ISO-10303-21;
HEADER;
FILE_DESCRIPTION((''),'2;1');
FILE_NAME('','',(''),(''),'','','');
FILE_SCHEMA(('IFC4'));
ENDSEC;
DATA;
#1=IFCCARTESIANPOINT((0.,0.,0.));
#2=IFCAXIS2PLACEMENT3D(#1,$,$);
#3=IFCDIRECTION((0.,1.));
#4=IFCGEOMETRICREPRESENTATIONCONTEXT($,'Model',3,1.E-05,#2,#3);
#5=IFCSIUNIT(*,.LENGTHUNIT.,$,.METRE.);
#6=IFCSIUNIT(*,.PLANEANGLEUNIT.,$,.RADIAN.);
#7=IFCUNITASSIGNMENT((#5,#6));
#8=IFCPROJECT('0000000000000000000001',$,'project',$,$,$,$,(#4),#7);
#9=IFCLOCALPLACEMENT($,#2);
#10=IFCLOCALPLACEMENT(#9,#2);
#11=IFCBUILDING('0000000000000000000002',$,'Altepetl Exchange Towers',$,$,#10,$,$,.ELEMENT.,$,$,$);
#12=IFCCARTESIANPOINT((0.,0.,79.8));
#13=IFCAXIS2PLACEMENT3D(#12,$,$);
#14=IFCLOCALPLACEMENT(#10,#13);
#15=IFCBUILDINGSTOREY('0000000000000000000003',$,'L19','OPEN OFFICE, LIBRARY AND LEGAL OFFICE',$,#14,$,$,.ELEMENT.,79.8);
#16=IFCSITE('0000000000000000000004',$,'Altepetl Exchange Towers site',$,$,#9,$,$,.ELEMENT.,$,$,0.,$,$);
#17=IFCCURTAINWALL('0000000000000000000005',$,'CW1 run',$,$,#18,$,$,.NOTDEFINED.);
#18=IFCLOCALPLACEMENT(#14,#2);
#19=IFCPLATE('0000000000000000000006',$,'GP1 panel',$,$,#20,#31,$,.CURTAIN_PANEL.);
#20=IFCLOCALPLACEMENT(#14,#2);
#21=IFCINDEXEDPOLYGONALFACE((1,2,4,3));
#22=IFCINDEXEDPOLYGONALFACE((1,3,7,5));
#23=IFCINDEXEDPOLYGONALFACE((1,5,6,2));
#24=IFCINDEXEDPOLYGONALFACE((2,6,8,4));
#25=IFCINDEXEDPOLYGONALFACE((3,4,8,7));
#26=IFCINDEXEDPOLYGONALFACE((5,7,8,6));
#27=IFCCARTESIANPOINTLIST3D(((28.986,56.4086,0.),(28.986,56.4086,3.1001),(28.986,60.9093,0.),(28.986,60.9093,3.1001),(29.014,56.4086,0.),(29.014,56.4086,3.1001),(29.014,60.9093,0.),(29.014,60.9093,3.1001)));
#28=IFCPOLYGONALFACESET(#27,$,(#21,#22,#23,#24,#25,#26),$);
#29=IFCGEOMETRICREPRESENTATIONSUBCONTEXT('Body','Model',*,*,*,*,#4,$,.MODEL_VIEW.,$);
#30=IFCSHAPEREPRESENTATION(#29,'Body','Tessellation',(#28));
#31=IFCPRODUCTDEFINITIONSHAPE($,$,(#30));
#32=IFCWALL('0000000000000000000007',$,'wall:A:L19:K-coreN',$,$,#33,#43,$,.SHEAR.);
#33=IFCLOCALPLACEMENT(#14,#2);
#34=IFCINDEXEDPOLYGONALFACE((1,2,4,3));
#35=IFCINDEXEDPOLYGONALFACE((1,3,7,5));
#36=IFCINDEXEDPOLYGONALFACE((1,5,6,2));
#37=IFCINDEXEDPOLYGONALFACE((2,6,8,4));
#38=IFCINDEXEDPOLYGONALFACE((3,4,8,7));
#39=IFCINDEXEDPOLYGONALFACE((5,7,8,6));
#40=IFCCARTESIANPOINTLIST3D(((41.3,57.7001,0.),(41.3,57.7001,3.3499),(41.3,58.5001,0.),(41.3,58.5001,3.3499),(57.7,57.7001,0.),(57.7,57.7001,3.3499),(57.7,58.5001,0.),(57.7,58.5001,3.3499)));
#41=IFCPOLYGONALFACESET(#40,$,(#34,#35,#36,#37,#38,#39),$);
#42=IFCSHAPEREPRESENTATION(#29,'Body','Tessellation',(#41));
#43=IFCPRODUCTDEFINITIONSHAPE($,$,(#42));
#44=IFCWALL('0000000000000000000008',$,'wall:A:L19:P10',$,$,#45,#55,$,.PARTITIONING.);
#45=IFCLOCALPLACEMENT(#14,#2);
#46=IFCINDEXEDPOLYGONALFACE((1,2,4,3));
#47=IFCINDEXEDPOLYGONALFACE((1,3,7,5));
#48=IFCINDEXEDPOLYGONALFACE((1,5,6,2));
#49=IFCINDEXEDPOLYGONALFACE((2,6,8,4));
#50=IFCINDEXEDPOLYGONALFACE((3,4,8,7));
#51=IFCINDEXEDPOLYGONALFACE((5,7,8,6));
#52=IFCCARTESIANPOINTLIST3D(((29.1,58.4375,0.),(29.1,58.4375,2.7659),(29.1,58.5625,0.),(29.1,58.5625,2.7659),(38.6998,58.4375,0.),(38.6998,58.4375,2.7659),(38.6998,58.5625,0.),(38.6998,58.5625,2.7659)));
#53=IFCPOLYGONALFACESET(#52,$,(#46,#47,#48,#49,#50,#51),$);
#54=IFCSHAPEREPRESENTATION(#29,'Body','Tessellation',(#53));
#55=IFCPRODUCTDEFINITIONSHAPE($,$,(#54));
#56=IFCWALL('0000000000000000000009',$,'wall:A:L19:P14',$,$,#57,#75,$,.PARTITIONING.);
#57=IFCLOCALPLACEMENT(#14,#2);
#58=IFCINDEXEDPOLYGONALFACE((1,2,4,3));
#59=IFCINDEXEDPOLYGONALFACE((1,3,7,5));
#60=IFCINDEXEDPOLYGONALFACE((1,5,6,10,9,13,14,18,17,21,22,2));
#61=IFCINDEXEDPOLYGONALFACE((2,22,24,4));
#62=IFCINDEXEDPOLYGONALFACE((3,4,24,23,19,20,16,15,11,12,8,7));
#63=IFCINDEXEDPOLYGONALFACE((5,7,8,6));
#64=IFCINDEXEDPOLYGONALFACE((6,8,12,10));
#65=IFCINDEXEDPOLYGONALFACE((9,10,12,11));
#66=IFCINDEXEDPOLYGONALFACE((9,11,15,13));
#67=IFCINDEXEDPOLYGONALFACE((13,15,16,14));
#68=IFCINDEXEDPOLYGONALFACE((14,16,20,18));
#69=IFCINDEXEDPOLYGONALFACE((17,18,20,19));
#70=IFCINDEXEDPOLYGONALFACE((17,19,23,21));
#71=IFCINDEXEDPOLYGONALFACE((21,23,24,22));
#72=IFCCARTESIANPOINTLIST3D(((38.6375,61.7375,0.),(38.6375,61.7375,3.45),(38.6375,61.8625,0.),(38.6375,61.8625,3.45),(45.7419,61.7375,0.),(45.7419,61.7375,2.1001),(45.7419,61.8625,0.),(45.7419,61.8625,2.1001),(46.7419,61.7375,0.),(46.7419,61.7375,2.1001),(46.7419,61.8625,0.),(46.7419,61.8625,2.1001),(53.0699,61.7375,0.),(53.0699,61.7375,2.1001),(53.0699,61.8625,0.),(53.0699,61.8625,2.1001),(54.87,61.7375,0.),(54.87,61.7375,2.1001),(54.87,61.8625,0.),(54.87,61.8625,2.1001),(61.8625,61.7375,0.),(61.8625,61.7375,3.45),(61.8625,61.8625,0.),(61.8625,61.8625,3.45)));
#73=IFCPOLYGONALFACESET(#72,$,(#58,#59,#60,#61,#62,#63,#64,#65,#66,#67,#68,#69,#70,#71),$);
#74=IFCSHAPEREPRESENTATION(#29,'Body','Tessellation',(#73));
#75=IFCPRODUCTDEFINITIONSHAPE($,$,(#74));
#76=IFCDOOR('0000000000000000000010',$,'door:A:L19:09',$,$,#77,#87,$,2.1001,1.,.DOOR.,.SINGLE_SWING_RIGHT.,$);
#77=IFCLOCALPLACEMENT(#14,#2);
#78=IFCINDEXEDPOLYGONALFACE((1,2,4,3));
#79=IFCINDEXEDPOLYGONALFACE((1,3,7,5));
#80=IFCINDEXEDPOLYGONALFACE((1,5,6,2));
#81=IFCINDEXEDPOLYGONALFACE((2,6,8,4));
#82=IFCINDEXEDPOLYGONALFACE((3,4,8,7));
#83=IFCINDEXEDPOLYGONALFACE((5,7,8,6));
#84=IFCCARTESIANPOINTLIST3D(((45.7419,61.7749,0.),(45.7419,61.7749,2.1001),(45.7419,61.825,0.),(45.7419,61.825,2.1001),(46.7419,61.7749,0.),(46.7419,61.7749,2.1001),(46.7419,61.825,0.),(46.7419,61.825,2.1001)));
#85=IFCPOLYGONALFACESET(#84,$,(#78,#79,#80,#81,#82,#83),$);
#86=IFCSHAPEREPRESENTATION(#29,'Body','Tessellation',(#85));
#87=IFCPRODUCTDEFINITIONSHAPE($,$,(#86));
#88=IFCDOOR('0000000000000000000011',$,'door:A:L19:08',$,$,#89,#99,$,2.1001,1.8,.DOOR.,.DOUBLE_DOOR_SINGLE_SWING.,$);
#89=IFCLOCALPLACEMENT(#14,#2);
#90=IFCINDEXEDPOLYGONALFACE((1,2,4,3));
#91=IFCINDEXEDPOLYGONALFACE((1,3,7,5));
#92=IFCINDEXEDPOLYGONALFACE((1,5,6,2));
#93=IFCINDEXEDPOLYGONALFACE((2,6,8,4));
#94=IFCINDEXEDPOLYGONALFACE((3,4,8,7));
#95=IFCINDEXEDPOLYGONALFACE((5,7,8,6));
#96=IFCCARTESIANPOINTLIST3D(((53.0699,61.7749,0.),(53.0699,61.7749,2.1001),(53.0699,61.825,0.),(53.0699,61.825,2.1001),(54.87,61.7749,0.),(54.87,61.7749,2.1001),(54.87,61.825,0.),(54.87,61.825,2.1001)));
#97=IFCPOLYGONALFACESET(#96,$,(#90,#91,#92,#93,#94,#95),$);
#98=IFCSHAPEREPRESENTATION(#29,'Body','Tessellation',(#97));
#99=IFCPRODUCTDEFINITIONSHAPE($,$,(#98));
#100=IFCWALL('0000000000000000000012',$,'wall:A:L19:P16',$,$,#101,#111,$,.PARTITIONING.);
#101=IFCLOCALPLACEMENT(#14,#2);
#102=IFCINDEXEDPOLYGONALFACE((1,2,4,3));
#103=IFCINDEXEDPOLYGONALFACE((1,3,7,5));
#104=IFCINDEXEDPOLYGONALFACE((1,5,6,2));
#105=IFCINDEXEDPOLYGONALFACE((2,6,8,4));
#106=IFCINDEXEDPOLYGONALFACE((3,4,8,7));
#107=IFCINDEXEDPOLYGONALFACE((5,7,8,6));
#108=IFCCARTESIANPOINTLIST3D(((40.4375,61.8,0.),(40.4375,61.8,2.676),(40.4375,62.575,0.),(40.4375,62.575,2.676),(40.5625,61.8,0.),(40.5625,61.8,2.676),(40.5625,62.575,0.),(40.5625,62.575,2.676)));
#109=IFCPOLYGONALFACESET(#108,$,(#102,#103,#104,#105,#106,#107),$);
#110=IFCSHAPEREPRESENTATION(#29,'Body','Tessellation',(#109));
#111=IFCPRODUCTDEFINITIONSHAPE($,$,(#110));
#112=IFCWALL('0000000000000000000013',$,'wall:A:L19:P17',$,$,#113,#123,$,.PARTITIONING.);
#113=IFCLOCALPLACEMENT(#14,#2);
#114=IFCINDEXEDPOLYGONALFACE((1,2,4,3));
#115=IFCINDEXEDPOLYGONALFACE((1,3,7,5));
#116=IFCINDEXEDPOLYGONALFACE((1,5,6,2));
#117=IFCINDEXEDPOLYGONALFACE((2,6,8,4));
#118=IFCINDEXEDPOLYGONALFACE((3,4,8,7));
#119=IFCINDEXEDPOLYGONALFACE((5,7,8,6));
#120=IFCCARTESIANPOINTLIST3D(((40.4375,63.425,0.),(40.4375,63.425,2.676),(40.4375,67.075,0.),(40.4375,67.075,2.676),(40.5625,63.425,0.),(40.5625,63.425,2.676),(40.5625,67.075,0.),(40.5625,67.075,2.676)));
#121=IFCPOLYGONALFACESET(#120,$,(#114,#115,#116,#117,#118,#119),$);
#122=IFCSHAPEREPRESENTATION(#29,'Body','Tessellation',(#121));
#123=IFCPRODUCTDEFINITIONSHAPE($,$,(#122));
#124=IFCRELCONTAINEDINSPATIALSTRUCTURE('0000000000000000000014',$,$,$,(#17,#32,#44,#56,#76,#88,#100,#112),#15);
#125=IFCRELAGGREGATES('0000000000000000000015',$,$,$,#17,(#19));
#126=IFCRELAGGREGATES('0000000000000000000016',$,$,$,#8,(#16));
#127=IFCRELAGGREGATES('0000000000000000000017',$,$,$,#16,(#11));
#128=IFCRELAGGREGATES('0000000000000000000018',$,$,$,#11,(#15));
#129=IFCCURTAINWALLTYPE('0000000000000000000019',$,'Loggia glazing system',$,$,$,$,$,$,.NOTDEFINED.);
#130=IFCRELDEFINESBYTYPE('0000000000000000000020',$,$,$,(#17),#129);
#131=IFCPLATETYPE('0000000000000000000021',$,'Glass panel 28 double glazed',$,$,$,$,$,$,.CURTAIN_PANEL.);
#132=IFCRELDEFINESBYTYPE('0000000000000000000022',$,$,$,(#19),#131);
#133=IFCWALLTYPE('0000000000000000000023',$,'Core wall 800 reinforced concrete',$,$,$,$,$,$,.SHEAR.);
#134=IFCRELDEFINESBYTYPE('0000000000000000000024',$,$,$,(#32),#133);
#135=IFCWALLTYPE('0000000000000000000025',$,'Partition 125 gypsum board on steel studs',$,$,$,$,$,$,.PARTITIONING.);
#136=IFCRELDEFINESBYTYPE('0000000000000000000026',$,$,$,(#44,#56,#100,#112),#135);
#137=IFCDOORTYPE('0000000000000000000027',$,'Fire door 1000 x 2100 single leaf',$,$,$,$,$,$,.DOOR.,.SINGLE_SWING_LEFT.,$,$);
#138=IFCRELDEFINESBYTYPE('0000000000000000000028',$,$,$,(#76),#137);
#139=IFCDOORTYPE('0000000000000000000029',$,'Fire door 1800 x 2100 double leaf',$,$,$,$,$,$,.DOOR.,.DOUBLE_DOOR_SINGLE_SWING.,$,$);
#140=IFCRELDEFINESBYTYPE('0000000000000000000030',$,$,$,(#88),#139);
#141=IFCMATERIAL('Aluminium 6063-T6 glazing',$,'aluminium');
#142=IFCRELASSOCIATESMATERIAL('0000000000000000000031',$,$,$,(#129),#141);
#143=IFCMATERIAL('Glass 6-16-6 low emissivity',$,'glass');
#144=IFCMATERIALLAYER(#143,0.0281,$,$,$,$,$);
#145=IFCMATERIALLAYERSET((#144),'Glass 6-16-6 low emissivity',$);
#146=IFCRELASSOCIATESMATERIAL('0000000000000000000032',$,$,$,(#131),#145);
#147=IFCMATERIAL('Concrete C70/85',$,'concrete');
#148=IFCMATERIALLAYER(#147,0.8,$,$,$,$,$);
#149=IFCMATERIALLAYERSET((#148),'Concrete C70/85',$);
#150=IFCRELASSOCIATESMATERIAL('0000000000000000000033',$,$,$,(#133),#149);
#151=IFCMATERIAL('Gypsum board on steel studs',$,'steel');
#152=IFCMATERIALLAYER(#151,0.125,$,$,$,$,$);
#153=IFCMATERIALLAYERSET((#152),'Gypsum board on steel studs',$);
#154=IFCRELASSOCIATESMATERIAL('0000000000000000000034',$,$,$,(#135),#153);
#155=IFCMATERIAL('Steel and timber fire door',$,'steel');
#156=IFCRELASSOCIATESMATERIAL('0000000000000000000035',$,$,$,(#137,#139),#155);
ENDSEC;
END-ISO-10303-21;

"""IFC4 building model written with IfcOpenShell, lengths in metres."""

from ifc_helpers import new_model, si_unit, direction, frame, frame_2d, origin, origin_2d, place, context, subcontext, project, spatial, rectangle, extrude, material, layer, layer_set, type_object, element, fill, aggregate, save


model = new_model("IFC4")

# Units and contexts
model_context = context("Model", 3, precision=1e-05, world=origin(), true_north=direction((0.0, 1.0)))
body_context = subcontext(model_context, "Body", "Model", "MODEL_VIEW")
ifc_project = project(units=[si_unit("LENGTHUNIT", "METRE"), si_unit("PLANEANGLEUNIT", "RADIAN")], contexts=[model_context])

# Site, building, storey
site_placement = place(None, origin())
site = spatial("IfcSite", under=ifc_project, at=site_placement, Name="Altepetl Exchange Towers site", CompositionType="ELEMENT", RefElevation=0.0)
building_placement = place(site_placement, origin())
building = spatial("IfcBuilding", under=site, at=building_placement, Name="Altepetl Exchange Towers", CompositionType="ELEMENT")
storey_placement = place(building_placement, frame((0.0, 0.0, 79.8)))
storey = spatial("IfcBuildingStorey", under=building, at=storey_placement, Name="L19", Description="OPEN OFFICE, LIBRARY AND LEGAL OFFICE", CompositionType="ELEMENT", Elevation=79.8)

# Shared definitions
ifc_material_1 = material(Name="Concrete C70/85", Category="concrete")

# Curtain wall
ifc_material_2 = material(Name="Aluminium 6063-T6 glazing", Category="aluminium")
curtain_wall_type = type_object("IfcCurtainWallType", Name="Loggia glazing system", PredefinedType="NOTDEFINED", material=ifc_material_2)
curtain_wall_placement = place(storey_placement, origin())
curtain_wall = element("IfcCurtainWall", 1, at=curtain_wall_placement, inside=storey, type_object=curtain_wall_type, Name="CW1 run", PredefinedType="NOTDEFINED")

# Plate
ifc_material_3 = material(Name="Glass 6-16-6 low emissivity", Category="glass")
ifc_layer_1 = layer(ifc_material_3, 0.0281)
ifc_layer_set_1 = layer_set([ifc_layer_1], Name="Glass 6-16-6 low emissivity")
plate_type = type_object("IfcPlateType", Name="Glass panel 28 double glazed", PredefinedType="CURTAIN_PANEL", material=ifc_layer_set_1)
plate_1_placement = place(storey_placement, frame((29.0, 58.6589, 0.0), z_axis=(0.0, 0.0, 1.0), x_axis=(0.0, -1.0, 0.0)))
plate_1 = element("IfcPlate", 2, at=plate_1_placement, type_object=plate_type, Name="GP1 panel", PredefinedType="CURTAIN_PANEL", context=body_context, shape_type="SweptSolid", body=[
    extrude(rectangle(XDim=4.5007, YDim=0.0281, at=origin_2d()), origin(), (0.0, 0.0, 1.0), 3.1001),
])
aggregate(curtain_wall, [plate_1])

# Walls
ifc_layer_2 = layer(ifc_material_1, 0.8)
ifc_layer_set_2 = layer_set([ifc_layer_2], Name="Concrete C70/85")
wall_type_1 = type_object("IfcWallType", Name="Core wall 800 reinforced concrete", PredefinedType="SHEAR", material=ifc_layer_set_2)
wall_1_placement = place(storey_placement, frame((41.3, 58.1001, 0.0)))
element("IfcWall", 3, at=wall_1_placement, inside=storey, type_object=wall_type_1, Name="wall:A:L19:K-coreN", PredefinedType="SHEAR", context=body_context, shape_type="SweptSolid", body=[
    extrude(rectangle(XDim=16.3999, YDim=0.8, at=frame_2d((8.2, 0.0))), origin(), (0.0, 0.0, 1.0), 3.3499),
])
ifc_material_4 = material(Name="Gypsum board on steel studs", Category="steel")
ifc_layer_3 = layer(ifc_material_4, 0.125)
ifc_layer_set_3 = layer_set([ifc_layer_3], Name="Gypsum board on steel studs")
wall_type_2 = type_object("IfcWallType", Name="Partition 125 gypsum board on steel studs", PredefinedType="PARTITIONING", material=ifc_layer_set_3)
wall_2_placement = place(storey_placement, frame((29.1001, 58.5, 0.0)))
element("IfcWall", 4, at=wall_2_placement, inside=storey, type_object=wall_type_2, Name="wall:A:L19:P10", PredefinedType="PARTITIONING", context=body_context, shape_type="SweptSolid", body=[
    extrude(rectangle(XDim=9.5999, YDim=0.125, at=frame_2d((4.7998, 0.0))), origin(), (0.0, 0.0, 1.0), 2.7659),
])

# Wall, openings, doors
wall_3_placement = place(storey_placement, frame((38.6375, 61.8, 0.0)))
wall_3 = element("IfcWall", 5, at=wall_3_placement, inside=storey, type_object=wall_type_2, Name="wall:A:L19:P14", PredefinedType="PARTITIONING", context=body_context, shape_type="SweptSolid", body=[
    extrude(rectangle(XDim=23.2251, YDim=0.125, at=frame_2d((11.6125, 0.0))), origin(), (0.0, 0.0, 1.0), 3.45),
])
opening_1_placement = place(wall_3_placement, frame((14.4326, 0.0, 0.0)))
opening_1 = element("IfcOpeningElement", 6, at=opening_1_placement, cuts=wall_3, PredefinedType="OPENING", context=body_context, shape_type="SweptSolid", body=[
    extrude(rectangle(XDim=1.8, YDim=2.1001, at=frame_2d((0.8999, 1.05))), frame((0.0, 0.0725, 0.0), z_axis=(0.0, -1.0, 0.0), x_axis=(1.0, 0.0, 0.0)), (0.0, 0.0, 1.0), 0.145),
])
opening_2_placement = place(wall_3_placement, frame((7.1045, 0.0, 0.0)))
opening_2 = element("IfcOpeningElement", 7, at=opening_2_placement, cuts=wall_3, PredefinedType="OPENING", context=body_context, shape_type="SweptSolid", body=[
    extrude(rectangle(XDim=1.0, YDim=2.1001, at=frame_2d((0.5, 1.05))), frame((0.0, 0.0725, 0.0), z_axis=(0.0, -1.0, 0.0), x_axis=(1.0, 0.0, 0.0)), (0.0, 0.0, 1.0), 0.145),
])
ifc_material_5 = material(Name="Steel and timber fire door", Category="steel")
door_type_1 = type_object("IfcDoorType", Name="Fire door 1000 x 2100 single leaf", OperationType="SINGLE_SWING_LEFT", PredefinedType="DOOR", material=ifc_material_5)
door_1_placement = place(opening_2_placement, origin())
door_1 = element("IfcDoor", 8, at=door_1_placement, inside=storey, type_object=door_type_1, Name="door:A:L19:09", OperationType="SINGLE_SWING_RIGHT", OverallHeight=2.1001, OverallWidth=1.0, PredefinedType="DOOR", context=body_context, shape_type="SweptSolid", body=[
    extrude(rectangle(XDim=1.0, YDim=2.1001, at=frame_2d((0.5, 1.05))), frame((0.0, 0.0249, 0.0), z_axis=(0.0, -1.0, 0.0), x_axis=(1.0, 0.0, 0.0)), (0.0, 0.0, 1.0), 0.05),
])
fill(opening_2, door_1)
door_type_2 = type_object("IfcDoorType", Name="Fire door 1800 x 2100 double leaf", OperationType="DOUBLE_DOOR_SINGLE_SWING", PredefinedType="DOOR", material=ifc_material_5)
door_2_placement = place(opening_1_placement, origin())
door_2 = element("IfcDoor", 9, at=door_2_placement, inside=storey, type_object=door_type_2, Name="door:A:L19:08", OperationType="DOUBLE_DOOR_SINGLE_SWING", OverallHeight=2.1001, OverallWidth=1.8, PredefinedType="DOOR", context=body_context, shape_type="SweptSolid", body=[
    extrude(rectangle(XDim=1.8, YDim=2.1001, at=frame_2d((0.8999, 1.05))), frame((0.0, 0.0249, 0.0), z_axis=(0.0, -1.0, 0.0), x_axis=(1.0, 0.0, 0.0)), (0.0, 0.0, 1.0), 0.05),
])
fill(opening_1, door_2)

# Walls
wall_4_placement = place(storey_placement, frame((40.5, 61.8, 0.0), z_axis=(0.0, 0.0, 1.0), x_axis=(0.0, 1.0, 0.0)))
element("IfcWall", 10, at=wall_4_placement, inside=storey, type_object=wall_type_2, Name="wall:A:L19:P16", PredefinedType="PARTITIONING", context=body_context, shape_type="SweptSolid", body=[
    extrude(rectangle(XDim=0.7749, YDim=0.125, at=frame_2d((0.3875, 0.0))), origin(), (0.0, 0.0, 1.0), 2.676),
])
wall_5_placement = place(storey_placement, frame((40.5, 63.425, 0.0), z_axis=(0.0, 0.0, 1.0), x_axis=(0.0, 1.0, 0.0)))
element("IfcWall", 11, at=wall_5_placement, inside=storey, type_object=wall_type_2, Name="wall:A:L19:P17", PredefinedType="PARTITIONING", context=body_context, shape_type="SweptSolid", body=[
    extrude(rectangle(XDim=3.6499, YDim=0.125, at=frame_2d((1.825, 0.0))), origin(), (0.0, 0.0, 1.0), 2.676),
])

save(model, "model.ifc")
